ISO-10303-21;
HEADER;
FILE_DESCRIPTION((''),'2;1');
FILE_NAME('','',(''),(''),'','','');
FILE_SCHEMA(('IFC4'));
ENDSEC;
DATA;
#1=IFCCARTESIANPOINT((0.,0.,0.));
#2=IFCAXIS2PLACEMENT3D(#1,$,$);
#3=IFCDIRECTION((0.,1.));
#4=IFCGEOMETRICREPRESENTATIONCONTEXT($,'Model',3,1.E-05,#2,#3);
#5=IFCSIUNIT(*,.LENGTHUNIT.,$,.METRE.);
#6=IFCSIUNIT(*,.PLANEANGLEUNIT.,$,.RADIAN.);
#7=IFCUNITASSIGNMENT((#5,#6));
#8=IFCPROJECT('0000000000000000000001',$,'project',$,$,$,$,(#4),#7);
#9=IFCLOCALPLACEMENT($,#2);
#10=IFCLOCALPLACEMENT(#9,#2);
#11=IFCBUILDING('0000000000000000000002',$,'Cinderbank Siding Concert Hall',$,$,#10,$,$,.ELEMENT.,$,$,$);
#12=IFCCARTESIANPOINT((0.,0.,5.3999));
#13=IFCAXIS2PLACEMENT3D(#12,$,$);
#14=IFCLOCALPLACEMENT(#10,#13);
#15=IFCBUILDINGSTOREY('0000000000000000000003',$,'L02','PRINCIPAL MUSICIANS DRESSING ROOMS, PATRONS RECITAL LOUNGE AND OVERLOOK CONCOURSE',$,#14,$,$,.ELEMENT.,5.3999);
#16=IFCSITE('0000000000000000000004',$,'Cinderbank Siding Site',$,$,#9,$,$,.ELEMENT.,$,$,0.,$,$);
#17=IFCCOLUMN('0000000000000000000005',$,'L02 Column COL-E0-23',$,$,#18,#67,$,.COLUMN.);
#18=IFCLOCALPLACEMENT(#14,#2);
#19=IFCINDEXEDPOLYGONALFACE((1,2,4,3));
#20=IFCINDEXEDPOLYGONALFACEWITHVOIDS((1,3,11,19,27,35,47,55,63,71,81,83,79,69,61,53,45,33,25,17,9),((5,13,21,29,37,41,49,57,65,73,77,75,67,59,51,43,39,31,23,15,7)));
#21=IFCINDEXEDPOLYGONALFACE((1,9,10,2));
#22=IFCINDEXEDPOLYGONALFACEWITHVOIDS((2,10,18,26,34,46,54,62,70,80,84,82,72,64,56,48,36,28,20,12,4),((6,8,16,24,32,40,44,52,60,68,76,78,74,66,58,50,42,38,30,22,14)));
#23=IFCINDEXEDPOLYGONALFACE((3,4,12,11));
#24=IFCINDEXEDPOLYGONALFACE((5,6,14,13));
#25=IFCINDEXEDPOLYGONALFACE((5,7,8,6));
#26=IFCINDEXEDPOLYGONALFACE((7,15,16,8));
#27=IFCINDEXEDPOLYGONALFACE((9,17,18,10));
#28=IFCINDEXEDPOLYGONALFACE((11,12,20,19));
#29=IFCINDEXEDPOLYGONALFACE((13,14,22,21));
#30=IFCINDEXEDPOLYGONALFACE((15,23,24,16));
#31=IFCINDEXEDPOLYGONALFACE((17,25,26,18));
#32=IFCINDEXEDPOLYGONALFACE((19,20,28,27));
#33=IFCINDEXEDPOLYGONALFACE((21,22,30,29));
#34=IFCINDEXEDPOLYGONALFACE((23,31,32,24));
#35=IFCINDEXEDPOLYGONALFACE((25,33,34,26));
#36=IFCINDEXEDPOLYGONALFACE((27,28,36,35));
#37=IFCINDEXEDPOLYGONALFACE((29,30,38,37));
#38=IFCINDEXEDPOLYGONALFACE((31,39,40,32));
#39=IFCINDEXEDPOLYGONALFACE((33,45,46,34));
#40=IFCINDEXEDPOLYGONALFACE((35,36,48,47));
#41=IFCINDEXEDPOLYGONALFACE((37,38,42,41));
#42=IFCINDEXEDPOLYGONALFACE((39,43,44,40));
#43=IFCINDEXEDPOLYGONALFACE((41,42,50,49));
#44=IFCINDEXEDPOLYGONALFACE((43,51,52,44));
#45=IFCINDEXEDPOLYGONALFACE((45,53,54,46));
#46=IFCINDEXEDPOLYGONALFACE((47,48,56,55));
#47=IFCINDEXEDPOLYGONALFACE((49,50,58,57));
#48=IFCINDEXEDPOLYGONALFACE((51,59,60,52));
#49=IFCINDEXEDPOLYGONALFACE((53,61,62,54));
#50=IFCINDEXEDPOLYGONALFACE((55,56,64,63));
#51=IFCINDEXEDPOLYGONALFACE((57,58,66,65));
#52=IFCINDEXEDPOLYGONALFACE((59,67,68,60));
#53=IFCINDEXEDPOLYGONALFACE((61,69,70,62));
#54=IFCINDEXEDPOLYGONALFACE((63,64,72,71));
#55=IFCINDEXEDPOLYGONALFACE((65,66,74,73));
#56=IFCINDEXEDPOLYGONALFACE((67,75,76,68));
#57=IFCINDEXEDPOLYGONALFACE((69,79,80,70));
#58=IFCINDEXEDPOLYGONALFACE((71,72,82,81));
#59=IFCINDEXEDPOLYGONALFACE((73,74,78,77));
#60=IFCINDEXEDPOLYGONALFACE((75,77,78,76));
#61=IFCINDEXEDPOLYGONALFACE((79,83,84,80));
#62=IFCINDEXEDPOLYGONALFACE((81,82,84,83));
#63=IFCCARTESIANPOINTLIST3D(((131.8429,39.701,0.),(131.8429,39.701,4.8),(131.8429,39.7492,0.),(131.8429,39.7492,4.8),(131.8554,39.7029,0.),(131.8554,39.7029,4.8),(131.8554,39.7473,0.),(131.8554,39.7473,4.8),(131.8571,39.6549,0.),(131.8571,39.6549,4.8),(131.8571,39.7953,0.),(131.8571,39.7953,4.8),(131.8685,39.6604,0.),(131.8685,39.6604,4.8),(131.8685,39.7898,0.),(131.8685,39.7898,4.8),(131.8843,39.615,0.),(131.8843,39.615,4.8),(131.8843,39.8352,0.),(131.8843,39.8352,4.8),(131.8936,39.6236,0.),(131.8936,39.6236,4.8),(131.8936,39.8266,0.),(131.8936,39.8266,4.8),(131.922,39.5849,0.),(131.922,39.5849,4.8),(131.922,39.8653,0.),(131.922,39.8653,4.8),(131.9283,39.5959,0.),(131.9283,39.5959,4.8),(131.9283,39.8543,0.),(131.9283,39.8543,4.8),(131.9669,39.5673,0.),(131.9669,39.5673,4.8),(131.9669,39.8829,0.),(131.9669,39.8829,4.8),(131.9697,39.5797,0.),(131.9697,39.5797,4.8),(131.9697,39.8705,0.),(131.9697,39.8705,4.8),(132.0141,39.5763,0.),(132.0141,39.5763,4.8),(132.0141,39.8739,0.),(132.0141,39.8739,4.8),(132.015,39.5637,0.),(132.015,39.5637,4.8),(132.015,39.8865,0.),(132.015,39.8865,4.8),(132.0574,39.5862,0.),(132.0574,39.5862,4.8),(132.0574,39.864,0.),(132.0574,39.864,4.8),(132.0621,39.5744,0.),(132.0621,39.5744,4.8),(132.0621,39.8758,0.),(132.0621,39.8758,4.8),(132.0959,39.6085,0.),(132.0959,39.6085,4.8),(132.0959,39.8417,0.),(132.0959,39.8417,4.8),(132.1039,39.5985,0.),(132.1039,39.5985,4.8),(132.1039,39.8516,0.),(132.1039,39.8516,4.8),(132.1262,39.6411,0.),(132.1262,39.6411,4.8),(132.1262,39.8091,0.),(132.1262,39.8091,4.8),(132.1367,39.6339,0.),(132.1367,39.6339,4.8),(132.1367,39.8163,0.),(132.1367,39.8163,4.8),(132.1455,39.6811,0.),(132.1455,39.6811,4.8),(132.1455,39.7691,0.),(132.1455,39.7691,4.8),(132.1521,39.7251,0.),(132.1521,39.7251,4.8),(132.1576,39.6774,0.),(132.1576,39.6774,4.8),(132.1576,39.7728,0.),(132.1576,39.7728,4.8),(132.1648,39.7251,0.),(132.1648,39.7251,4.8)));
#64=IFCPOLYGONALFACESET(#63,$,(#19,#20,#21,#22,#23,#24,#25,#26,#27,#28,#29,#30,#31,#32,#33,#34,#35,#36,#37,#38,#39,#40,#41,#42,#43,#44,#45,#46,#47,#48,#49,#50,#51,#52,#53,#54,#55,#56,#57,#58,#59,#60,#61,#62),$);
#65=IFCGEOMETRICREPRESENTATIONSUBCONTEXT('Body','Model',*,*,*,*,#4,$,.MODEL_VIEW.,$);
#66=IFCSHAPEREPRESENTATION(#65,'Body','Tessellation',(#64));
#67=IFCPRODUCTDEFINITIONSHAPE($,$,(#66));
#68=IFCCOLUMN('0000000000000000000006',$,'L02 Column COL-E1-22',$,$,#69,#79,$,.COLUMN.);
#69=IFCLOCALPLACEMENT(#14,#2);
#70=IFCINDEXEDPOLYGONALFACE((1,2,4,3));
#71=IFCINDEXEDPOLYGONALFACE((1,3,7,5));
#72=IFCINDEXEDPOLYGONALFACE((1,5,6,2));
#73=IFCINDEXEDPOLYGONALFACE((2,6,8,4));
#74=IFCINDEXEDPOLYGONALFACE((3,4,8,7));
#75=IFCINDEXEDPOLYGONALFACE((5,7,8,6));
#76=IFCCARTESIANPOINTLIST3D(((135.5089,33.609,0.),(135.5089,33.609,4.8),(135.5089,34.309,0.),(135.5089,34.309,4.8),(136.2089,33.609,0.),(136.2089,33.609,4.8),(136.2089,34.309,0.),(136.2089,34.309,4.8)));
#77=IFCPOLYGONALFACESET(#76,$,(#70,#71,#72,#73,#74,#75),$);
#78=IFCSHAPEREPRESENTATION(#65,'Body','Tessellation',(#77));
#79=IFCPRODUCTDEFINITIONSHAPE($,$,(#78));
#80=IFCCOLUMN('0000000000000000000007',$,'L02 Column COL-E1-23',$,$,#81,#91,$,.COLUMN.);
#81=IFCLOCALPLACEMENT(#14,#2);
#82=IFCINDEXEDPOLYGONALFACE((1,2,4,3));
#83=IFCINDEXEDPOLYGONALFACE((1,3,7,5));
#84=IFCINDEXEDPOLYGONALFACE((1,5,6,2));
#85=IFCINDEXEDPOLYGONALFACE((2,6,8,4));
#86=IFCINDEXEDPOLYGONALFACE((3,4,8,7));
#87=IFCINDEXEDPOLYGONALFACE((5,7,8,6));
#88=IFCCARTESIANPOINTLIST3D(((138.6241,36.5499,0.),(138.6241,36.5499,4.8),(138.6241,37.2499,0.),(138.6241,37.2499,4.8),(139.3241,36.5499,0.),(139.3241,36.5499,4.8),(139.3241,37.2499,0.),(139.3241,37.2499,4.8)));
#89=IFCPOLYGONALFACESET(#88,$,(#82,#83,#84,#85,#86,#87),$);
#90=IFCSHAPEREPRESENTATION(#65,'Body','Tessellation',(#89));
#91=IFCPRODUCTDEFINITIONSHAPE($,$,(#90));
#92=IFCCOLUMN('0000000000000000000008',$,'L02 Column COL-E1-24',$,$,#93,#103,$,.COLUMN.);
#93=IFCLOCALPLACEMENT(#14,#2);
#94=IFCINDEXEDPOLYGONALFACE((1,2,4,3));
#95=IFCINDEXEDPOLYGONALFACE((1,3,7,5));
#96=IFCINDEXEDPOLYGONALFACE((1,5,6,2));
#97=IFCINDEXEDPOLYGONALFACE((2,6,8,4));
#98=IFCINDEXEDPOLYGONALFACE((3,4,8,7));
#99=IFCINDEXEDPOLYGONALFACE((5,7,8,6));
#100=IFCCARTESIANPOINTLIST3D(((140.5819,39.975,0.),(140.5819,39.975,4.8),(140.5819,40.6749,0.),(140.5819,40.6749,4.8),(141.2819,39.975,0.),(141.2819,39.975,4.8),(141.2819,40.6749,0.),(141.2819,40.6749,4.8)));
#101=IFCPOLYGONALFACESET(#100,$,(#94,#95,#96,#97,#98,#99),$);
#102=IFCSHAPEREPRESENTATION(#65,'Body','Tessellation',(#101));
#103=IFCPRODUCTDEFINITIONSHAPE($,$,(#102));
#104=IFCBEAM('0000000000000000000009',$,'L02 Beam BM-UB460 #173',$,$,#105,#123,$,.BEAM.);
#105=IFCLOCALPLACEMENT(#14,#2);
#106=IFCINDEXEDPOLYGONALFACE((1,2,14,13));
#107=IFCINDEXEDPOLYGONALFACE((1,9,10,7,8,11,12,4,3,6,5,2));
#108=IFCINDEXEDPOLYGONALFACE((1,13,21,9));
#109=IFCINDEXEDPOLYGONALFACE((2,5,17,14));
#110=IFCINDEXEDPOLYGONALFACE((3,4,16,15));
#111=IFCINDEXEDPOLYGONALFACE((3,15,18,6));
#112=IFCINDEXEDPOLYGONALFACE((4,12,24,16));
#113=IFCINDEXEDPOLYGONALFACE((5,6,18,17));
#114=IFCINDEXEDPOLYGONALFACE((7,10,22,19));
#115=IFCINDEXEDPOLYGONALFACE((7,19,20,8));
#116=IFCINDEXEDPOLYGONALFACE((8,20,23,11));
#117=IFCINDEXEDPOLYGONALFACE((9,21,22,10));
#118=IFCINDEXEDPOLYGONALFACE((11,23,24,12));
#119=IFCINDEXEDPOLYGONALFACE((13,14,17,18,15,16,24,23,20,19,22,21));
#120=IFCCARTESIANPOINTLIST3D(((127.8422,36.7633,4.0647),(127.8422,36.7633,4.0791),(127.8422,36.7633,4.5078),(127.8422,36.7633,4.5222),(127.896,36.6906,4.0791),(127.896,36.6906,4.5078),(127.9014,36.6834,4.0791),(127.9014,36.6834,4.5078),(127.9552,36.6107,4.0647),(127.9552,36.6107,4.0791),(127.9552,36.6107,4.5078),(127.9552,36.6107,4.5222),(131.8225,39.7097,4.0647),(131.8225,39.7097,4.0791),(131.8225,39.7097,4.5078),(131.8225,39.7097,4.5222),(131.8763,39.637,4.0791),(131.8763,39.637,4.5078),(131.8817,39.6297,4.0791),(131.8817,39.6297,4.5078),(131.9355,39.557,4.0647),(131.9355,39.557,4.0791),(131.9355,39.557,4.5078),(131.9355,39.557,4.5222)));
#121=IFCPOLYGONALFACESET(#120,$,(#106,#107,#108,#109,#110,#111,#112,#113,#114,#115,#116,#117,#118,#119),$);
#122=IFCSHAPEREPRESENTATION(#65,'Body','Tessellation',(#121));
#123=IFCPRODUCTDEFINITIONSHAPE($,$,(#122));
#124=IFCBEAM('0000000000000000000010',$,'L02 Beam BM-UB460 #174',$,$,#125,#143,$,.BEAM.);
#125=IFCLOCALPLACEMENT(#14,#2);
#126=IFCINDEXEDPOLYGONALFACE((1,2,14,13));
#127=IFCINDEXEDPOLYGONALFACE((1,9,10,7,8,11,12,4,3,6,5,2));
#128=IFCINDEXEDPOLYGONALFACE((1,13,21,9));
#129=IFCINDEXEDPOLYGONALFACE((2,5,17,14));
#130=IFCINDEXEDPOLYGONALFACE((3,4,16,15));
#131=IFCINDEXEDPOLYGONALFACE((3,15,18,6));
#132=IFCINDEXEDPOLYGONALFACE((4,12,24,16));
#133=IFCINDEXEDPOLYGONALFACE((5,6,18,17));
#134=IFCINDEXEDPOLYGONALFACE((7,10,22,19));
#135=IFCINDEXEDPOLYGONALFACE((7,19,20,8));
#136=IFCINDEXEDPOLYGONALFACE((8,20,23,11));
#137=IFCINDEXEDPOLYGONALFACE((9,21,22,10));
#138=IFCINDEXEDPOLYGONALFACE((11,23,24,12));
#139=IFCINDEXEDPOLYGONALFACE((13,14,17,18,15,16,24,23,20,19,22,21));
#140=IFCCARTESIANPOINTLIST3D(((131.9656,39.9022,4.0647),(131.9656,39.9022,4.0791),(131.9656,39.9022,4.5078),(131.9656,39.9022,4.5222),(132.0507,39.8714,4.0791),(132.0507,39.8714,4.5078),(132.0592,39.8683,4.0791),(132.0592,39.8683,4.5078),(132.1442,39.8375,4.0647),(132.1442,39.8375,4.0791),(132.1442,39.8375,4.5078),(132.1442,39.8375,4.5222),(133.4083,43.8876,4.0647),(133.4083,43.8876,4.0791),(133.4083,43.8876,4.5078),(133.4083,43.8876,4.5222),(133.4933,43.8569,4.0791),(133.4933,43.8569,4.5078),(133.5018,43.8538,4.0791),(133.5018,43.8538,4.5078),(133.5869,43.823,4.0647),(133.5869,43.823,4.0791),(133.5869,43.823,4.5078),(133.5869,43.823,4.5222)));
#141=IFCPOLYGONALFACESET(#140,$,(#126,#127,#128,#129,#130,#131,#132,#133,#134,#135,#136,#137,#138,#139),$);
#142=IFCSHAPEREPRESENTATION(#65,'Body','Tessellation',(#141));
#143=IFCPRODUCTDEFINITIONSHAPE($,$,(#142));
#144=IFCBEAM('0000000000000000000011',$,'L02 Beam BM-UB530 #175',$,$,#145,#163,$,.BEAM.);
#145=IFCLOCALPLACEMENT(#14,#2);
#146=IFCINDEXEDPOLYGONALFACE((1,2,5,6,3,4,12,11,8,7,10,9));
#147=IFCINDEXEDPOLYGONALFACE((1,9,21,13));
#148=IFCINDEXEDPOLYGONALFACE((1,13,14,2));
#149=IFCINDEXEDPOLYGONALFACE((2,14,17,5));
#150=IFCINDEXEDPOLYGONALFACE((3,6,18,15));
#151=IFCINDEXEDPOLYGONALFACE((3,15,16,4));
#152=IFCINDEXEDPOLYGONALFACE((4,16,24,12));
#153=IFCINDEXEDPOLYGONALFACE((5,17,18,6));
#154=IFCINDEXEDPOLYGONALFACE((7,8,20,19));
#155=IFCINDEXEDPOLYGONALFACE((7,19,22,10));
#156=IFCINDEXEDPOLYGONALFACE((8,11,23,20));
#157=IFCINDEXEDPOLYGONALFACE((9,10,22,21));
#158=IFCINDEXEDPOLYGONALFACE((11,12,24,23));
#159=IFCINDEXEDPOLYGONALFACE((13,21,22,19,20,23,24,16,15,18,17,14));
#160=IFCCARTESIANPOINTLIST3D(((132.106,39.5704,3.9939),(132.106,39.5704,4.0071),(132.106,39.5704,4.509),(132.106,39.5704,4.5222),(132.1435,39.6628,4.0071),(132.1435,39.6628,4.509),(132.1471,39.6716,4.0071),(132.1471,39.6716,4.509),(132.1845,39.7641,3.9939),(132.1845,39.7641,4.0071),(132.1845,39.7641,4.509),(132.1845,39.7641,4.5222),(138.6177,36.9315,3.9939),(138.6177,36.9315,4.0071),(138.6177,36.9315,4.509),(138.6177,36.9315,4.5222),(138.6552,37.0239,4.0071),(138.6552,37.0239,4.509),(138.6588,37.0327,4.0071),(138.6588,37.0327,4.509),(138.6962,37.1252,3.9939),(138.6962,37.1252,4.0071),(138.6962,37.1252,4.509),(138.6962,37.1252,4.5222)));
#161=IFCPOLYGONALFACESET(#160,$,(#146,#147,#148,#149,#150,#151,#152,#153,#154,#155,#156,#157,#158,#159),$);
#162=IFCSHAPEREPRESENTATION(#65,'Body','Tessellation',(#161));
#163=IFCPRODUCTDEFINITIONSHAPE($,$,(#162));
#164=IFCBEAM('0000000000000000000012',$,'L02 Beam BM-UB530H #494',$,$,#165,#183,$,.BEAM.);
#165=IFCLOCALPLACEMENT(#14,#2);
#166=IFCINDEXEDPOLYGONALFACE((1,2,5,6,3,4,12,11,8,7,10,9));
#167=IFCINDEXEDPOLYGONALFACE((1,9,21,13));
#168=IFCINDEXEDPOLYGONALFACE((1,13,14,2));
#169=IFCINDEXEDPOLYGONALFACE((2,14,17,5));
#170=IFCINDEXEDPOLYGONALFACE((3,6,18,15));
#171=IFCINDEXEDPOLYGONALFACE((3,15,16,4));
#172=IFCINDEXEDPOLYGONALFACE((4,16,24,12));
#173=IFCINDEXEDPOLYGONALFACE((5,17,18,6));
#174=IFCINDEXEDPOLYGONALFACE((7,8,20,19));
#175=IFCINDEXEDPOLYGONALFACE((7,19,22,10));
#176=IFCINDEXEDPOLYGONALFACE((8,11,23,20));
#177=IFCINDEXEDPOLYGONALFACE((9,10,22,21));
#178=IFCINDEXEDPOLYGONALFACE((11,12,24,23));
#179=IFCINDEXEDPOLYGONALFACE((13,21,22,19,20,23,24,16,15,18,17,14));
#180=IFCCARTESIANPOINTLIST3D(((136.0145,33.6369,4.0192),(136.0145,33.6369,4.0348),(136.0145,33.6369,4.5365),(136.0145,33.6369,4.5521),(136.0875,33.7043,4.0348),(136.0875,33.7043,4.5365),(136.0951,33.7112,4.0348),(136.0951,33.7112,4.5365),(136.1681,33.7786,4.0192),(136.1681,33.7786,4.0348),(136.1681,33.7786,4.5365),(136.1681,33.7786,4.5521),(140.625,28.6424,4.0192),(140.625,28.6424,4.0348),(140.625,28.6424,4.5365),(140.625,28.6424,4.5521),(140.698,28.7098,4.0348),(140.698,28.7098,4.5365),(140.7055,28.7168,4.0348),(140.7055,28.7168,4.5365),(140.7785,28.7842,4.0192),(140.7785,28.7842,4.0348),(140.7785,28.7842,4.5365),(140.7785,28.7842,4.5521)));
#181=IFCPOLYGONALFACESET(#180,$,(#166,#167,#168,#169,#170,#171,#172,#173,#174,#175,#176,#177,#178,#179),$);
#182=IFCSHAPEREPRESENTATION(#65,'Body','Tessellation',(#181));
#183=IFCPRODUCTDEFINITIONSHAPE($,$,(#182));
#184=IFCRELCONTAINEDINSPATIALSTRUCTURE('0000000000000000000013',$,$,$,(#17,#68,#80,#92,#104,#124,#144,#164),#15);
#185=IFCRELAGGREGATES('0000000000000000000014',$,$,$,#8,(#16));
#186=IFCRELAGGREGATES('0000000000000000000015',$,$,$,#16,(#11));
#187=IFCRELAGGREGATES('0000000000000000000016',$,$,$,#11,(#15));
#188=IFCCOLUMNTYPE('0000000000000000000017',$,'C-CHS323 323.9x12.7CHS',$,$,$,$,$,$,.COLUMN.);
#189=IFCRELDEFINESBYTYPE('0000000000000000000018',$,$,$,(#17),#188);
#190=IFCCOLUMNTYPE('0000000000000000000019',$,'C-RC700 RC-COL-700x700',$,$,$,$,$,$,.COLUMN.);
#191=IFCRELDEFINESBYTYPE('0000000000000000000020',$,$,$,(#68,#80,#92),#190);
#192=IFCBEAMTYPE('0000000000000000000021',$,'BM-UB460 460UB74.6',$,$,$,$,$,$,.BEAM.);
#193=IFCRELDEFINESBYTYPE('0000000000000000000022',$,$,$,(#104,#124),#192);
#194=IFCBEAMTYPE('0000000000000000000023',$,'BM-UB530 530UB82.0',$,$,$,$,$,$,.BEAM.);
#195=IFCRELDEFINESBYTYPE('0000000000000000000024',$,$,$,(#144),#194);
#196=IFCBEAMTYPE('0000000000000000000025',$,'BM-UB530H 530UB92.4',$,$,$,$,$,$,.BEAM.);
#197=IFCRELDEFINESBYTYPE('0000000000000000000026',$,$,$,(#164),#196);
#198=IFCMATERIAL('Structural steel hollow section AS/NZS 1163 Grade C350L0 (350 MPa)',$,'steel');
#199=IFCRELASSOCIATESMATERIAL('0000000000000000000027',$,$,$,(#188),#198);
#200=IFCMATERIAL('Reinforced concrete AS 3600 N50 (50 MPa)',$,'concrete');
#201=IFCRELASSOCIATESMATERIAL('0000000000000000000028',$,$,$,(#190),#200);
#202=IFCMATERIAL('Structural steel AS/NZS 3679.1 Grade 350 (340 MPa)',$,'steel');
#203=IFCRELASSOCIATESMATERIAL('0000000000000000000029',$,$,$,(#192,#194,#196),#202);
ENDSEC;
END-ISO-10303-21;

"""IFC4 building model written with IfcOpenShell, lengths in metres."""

from ifc_helpers import new_model, si_unit, direction, frame, origin, origin_2d, place, context, subcontext, project, spatial, rectangle, hollow_circle, i_section, extrude, material, material_profile, profile_set, type_object, element, save


model = new_model("IFC4")

# Units and contexts
model_context = context("Model", 3, precision=1e-05, world=origin(), true_north=direction((0.0, 1.0)))
body_context = subcontext(model_context, "Body", "Model", "MODEL_VIEW")
ifc_project = project(units=[si_unit("LENGTHUNIT", "METRE"), si_unit("PLANEANGLEUNIT", "RADIAN")], contexts=[model_context])

# Site, building, storey
site_placement = place(None, origin())
site = spatial("IfcSite", under=ifc_project, at=site_placement, Name="Cinderbank Siding Site", CompositionType="ELEMENT", RefElevation=0.0)
building_placement = place(site_placement, origin())
building = spatial("IfcBuilding", under=site, at=building_placement, Name="Cinderbank Siding Concert Hall", CompositionType="ELEMENT")
storey_placement = place(building_placement, frame((0.0, 0.0, 5.3999)))
storey = spatial("IfcBuildingStorey", under=building, at=storey_placement, Name="L02", Description="PRINCIPAL MUSICIANS DRESSING ROOMS, PATRONS RECITAL LOUNGE AND OVERLOOK CONCOURSE", CompositionType="ELEMENT", Elevation=5.3999)

# Columns
ifc_material_1 = material(Name="Structural steel hollow section AS/NZS 1163 Grade C350L0 (350 MPa)", Category="steel")
ifc_material_profile_1 = material_profile(ifc_material_1, hollow_circle(Radius=0.1619, WallThickness=0.0127, at=origin_2d()), Name="323.9x12.7CHS", Category="LoadBearing")
ifc_profile_set_1 = profile_set([ifc_material_profile_1], Name="Structural steel hollow section AS/NZS 1163 Grade C350L0 (350 MPa)")
column_type_1 = type_object("IfcColumnType", Name="C-CHS323 323.9x12.7CHS", PredefinedType="COLUMN", material=ifc_profile_set_1)
column_placement = place(storey_placement, frame((132.0029, 39.7251, 0.0), z_axis=(0.0, 0.0, 1.0), x_axis=(1.0, 0.0, 0.0)))
element("IfcColumn", 1, at=column_placement, inside=storey, type_object=column_type_1, Name="L02 Column COL-E0-23", PredefinedType="COLUMN", context=body_context, shape_type="SweptSolid", body=[
    extrude(hollow_circle(Radius=0.1619, WallThickness=0.0127, at=origin_2d()), origin(), (0.0, 0.0, 1.0), 4.8),
])
ifc_material_2 = material(Name="Reinforced concrete AS 3600 N50 (50 MPa)", Category="concrete")
ifc_material_profile_2 = material_profile(ifc_material_2, rectangle(XDim=0.7, YDim=0.7, at=origin_2d()), Name="RC-COL-700x700", Category="LoadBearing")
ifc_profile_set_2 = profile_set([ifc_material_profile_2], Name="Reinforced concrete AS 3600 N50 (50 MPa)")
column_type_2 = type_object("IfcColumnType", Name="C-RC700 RC-COL-700x700", PredefinedType="COLUMN", material=ifc_profile_set_2)
for number, where, z_axis, x_axis, name in (
    (2, (135.8589, 33.959, 0.0), (0.0, 0.0, 1.0), (1.0, 0.0, 0.0), "L02 Column COL-E1-22"),
    (3, (138.9741, 36.8999, 0.0), (0.0, 0.0, 1.0), (1.0, 0.0, 0.0), "L02 Column COL-E1-23"),
    (4, (140.9319, 40.325, 0.0), (0.0, 0.0, 1.0), (1.0, 0.0, 0.0), "L02 Column COL-E1-24"),
):
    element("IfcColumn", number, at=place(storey_placement, frame(where, z_axis=z_axis, x_axis=x_axis)), inside=storey, type_object=column_type_2, Name=name, PredefinedType="COLUMN", context=body_context, shape_type="SweptSolid", body=[
        extrude(rectangle(XDim=0.7, YDim=0.7, at=origin_2d()), origin(), (0.0, 0.0, 1.0), 4.8),
    ])

# Beams
ifc_material_3 = material(Name="Structural steel AS/NZS 3679.1 Grade 350 (340 MPa)", Category="steel")
ifc_material_profile_3 = material_profile(ifc_material_3, i_section(OverallWidth=0.1899, OverallDepth=0.4575, WebThickness=0.009, FlangeThickness=0.0144, at=origin_2d()), Name="460UB74.6", Category="LoadBearing")
ifc_profile_set_3 = profile_set([ifc_material_profile_3], Name="Structural steel AS/NZS 3679.1 Grade 350 (340 MPa)")
beam_type_1 = type_object("IfcBeamType", Name="BM-UB460 460UB74.6", PredefinedType="BEAM", material=ifc_profile_set_3)
beam_1_placement = place(storey_placement, frame((127.8987, 36.687, 4.2935), z_axis=(0.803753, 0.594963, 0.0), x_axis=(-0.594963, 0.803753, 0.0)))
element("IfcBeam", 5, at=beam_1_placement, inside=storey, type_object=beam_type_1, Name="L02 Beam BM-UB460 #173", PredefinedType="BEAM", context=body_context, shape_type="SweptSolid", body=[
    extrude(i_section(OverallWidth=0.1899, OverallDepth=0.4575, WebThickness=0.009, FlangeThickness=0.0144, at=origin_2d()), origin(), (0.0, 0.0, 1.0), 4.9521),
])
beam_2_placement = place(storey_placement, frame((132.0549, 39.8699, 4.2935), z_axis=(0.340369, 0.940292, 0.0), x_axis=(-0.940292, 0.340369, 0.0)))
element("IfcBeam", 6, at=beam_2_placement, inside=storey, type_object=beam_type_1, Name="L02 Beam BM-UB460 #174", PredefinedType="BEAM", context=body_context, shape_type="SweptSolid", body=[
    extrude(i_section(OverallWidth=0.1899, OverallDepth=0.4575, WebThickness=0.009, FlangeThickness=0.0144, at=origin_2d()), origin(), (0.0, 0.0, 1.0), 4.2385),
])
ifc_material_profile_4 = material_profile(ifc_material_3, i_section(OverallWidth=0.209, OverallDepth=0.5283, WebThickness=0.0095, FlangeThickness=0.0132, at=origin_2d()), Name="530UB82.0", Category="LoadBearing")
ifc_profile_set_4 = profile_set([ifc_material_profile_4], Name="Structural steel AS/NZS 3679.1 Grade 350 (340 MPa)")
beam_type_2 = type_object("IfcBeamType", Name="BM-UB530 530UB82.0", PredefinedType="BEAM", material=ifc_profile_set_4)
beam_3_placement = place(storey_placement, frame((132.1453, 39.6672, 4.2581), z_axis=(0.926787, -0.375587, 0.0), x_axis=(0.375587, 0.926787, 0.0)))
element("IfcBeam", 7, at=beam_3_placement, inside=storey, type_object=beam_type_2, Name="L02 Beam BM-UB530 #175", PredefinedType="BEAM", context=body_context, shape_type="SweptSolid", body=[
    extrude(i_section(OverallWidth=0.209, OverallDepth=0.5283, WebThickness=0.0095, FlangeThickness=0.0132, at=origin_2d()), origin(), (0.0, 0.0, 1.0), 7.0261),
])
ifc_material_profile_5 = material_profile(ifc_material_3, i_section(OverallWidth=0.209, OverallDepth=0.533, WebThickness=0.0103, FlangeThickness=0.0156, at=origin_2d()), Name="530UB92.4", Category="LoadBearing")
ifc_profile_set_5 = profile_set([ifc_material_profile_5], Name="Structural steel AS/NZS 3679.1 Grade 350 (340 MPa)")
beam_type_3 = type_object("IfcBeamType", Name="BM-UB530H 530UB92.4", PredefinedType="BEAM", material=ifc_profile_set_5)
beam_4_placement = place(storey_placement, frame((136.0913, 33.7078, 4.2856), z_axis=(0.678292, -0.734792, 0.0), x_axis=(0.734792, 0.678292, 0.0)))
element("IfcBeam", 8, at=beam_4_placement, inside=storey, type_object=beam_type_3, Name="L02 Beam BM-UB530H #494", PredefinedType="BEAM", context=body_context, shape_type="SweptSolid", body=[
    extrude(i_section(OverallWidth=0.209, OverallDepth=0.533, WebThickness=0.0103, FlangeThickness=0.0156, at=origin_2d()), origin(), (0.0, 0.0, 1.0), 6.7971),
])

save(model, "model.ifc")
